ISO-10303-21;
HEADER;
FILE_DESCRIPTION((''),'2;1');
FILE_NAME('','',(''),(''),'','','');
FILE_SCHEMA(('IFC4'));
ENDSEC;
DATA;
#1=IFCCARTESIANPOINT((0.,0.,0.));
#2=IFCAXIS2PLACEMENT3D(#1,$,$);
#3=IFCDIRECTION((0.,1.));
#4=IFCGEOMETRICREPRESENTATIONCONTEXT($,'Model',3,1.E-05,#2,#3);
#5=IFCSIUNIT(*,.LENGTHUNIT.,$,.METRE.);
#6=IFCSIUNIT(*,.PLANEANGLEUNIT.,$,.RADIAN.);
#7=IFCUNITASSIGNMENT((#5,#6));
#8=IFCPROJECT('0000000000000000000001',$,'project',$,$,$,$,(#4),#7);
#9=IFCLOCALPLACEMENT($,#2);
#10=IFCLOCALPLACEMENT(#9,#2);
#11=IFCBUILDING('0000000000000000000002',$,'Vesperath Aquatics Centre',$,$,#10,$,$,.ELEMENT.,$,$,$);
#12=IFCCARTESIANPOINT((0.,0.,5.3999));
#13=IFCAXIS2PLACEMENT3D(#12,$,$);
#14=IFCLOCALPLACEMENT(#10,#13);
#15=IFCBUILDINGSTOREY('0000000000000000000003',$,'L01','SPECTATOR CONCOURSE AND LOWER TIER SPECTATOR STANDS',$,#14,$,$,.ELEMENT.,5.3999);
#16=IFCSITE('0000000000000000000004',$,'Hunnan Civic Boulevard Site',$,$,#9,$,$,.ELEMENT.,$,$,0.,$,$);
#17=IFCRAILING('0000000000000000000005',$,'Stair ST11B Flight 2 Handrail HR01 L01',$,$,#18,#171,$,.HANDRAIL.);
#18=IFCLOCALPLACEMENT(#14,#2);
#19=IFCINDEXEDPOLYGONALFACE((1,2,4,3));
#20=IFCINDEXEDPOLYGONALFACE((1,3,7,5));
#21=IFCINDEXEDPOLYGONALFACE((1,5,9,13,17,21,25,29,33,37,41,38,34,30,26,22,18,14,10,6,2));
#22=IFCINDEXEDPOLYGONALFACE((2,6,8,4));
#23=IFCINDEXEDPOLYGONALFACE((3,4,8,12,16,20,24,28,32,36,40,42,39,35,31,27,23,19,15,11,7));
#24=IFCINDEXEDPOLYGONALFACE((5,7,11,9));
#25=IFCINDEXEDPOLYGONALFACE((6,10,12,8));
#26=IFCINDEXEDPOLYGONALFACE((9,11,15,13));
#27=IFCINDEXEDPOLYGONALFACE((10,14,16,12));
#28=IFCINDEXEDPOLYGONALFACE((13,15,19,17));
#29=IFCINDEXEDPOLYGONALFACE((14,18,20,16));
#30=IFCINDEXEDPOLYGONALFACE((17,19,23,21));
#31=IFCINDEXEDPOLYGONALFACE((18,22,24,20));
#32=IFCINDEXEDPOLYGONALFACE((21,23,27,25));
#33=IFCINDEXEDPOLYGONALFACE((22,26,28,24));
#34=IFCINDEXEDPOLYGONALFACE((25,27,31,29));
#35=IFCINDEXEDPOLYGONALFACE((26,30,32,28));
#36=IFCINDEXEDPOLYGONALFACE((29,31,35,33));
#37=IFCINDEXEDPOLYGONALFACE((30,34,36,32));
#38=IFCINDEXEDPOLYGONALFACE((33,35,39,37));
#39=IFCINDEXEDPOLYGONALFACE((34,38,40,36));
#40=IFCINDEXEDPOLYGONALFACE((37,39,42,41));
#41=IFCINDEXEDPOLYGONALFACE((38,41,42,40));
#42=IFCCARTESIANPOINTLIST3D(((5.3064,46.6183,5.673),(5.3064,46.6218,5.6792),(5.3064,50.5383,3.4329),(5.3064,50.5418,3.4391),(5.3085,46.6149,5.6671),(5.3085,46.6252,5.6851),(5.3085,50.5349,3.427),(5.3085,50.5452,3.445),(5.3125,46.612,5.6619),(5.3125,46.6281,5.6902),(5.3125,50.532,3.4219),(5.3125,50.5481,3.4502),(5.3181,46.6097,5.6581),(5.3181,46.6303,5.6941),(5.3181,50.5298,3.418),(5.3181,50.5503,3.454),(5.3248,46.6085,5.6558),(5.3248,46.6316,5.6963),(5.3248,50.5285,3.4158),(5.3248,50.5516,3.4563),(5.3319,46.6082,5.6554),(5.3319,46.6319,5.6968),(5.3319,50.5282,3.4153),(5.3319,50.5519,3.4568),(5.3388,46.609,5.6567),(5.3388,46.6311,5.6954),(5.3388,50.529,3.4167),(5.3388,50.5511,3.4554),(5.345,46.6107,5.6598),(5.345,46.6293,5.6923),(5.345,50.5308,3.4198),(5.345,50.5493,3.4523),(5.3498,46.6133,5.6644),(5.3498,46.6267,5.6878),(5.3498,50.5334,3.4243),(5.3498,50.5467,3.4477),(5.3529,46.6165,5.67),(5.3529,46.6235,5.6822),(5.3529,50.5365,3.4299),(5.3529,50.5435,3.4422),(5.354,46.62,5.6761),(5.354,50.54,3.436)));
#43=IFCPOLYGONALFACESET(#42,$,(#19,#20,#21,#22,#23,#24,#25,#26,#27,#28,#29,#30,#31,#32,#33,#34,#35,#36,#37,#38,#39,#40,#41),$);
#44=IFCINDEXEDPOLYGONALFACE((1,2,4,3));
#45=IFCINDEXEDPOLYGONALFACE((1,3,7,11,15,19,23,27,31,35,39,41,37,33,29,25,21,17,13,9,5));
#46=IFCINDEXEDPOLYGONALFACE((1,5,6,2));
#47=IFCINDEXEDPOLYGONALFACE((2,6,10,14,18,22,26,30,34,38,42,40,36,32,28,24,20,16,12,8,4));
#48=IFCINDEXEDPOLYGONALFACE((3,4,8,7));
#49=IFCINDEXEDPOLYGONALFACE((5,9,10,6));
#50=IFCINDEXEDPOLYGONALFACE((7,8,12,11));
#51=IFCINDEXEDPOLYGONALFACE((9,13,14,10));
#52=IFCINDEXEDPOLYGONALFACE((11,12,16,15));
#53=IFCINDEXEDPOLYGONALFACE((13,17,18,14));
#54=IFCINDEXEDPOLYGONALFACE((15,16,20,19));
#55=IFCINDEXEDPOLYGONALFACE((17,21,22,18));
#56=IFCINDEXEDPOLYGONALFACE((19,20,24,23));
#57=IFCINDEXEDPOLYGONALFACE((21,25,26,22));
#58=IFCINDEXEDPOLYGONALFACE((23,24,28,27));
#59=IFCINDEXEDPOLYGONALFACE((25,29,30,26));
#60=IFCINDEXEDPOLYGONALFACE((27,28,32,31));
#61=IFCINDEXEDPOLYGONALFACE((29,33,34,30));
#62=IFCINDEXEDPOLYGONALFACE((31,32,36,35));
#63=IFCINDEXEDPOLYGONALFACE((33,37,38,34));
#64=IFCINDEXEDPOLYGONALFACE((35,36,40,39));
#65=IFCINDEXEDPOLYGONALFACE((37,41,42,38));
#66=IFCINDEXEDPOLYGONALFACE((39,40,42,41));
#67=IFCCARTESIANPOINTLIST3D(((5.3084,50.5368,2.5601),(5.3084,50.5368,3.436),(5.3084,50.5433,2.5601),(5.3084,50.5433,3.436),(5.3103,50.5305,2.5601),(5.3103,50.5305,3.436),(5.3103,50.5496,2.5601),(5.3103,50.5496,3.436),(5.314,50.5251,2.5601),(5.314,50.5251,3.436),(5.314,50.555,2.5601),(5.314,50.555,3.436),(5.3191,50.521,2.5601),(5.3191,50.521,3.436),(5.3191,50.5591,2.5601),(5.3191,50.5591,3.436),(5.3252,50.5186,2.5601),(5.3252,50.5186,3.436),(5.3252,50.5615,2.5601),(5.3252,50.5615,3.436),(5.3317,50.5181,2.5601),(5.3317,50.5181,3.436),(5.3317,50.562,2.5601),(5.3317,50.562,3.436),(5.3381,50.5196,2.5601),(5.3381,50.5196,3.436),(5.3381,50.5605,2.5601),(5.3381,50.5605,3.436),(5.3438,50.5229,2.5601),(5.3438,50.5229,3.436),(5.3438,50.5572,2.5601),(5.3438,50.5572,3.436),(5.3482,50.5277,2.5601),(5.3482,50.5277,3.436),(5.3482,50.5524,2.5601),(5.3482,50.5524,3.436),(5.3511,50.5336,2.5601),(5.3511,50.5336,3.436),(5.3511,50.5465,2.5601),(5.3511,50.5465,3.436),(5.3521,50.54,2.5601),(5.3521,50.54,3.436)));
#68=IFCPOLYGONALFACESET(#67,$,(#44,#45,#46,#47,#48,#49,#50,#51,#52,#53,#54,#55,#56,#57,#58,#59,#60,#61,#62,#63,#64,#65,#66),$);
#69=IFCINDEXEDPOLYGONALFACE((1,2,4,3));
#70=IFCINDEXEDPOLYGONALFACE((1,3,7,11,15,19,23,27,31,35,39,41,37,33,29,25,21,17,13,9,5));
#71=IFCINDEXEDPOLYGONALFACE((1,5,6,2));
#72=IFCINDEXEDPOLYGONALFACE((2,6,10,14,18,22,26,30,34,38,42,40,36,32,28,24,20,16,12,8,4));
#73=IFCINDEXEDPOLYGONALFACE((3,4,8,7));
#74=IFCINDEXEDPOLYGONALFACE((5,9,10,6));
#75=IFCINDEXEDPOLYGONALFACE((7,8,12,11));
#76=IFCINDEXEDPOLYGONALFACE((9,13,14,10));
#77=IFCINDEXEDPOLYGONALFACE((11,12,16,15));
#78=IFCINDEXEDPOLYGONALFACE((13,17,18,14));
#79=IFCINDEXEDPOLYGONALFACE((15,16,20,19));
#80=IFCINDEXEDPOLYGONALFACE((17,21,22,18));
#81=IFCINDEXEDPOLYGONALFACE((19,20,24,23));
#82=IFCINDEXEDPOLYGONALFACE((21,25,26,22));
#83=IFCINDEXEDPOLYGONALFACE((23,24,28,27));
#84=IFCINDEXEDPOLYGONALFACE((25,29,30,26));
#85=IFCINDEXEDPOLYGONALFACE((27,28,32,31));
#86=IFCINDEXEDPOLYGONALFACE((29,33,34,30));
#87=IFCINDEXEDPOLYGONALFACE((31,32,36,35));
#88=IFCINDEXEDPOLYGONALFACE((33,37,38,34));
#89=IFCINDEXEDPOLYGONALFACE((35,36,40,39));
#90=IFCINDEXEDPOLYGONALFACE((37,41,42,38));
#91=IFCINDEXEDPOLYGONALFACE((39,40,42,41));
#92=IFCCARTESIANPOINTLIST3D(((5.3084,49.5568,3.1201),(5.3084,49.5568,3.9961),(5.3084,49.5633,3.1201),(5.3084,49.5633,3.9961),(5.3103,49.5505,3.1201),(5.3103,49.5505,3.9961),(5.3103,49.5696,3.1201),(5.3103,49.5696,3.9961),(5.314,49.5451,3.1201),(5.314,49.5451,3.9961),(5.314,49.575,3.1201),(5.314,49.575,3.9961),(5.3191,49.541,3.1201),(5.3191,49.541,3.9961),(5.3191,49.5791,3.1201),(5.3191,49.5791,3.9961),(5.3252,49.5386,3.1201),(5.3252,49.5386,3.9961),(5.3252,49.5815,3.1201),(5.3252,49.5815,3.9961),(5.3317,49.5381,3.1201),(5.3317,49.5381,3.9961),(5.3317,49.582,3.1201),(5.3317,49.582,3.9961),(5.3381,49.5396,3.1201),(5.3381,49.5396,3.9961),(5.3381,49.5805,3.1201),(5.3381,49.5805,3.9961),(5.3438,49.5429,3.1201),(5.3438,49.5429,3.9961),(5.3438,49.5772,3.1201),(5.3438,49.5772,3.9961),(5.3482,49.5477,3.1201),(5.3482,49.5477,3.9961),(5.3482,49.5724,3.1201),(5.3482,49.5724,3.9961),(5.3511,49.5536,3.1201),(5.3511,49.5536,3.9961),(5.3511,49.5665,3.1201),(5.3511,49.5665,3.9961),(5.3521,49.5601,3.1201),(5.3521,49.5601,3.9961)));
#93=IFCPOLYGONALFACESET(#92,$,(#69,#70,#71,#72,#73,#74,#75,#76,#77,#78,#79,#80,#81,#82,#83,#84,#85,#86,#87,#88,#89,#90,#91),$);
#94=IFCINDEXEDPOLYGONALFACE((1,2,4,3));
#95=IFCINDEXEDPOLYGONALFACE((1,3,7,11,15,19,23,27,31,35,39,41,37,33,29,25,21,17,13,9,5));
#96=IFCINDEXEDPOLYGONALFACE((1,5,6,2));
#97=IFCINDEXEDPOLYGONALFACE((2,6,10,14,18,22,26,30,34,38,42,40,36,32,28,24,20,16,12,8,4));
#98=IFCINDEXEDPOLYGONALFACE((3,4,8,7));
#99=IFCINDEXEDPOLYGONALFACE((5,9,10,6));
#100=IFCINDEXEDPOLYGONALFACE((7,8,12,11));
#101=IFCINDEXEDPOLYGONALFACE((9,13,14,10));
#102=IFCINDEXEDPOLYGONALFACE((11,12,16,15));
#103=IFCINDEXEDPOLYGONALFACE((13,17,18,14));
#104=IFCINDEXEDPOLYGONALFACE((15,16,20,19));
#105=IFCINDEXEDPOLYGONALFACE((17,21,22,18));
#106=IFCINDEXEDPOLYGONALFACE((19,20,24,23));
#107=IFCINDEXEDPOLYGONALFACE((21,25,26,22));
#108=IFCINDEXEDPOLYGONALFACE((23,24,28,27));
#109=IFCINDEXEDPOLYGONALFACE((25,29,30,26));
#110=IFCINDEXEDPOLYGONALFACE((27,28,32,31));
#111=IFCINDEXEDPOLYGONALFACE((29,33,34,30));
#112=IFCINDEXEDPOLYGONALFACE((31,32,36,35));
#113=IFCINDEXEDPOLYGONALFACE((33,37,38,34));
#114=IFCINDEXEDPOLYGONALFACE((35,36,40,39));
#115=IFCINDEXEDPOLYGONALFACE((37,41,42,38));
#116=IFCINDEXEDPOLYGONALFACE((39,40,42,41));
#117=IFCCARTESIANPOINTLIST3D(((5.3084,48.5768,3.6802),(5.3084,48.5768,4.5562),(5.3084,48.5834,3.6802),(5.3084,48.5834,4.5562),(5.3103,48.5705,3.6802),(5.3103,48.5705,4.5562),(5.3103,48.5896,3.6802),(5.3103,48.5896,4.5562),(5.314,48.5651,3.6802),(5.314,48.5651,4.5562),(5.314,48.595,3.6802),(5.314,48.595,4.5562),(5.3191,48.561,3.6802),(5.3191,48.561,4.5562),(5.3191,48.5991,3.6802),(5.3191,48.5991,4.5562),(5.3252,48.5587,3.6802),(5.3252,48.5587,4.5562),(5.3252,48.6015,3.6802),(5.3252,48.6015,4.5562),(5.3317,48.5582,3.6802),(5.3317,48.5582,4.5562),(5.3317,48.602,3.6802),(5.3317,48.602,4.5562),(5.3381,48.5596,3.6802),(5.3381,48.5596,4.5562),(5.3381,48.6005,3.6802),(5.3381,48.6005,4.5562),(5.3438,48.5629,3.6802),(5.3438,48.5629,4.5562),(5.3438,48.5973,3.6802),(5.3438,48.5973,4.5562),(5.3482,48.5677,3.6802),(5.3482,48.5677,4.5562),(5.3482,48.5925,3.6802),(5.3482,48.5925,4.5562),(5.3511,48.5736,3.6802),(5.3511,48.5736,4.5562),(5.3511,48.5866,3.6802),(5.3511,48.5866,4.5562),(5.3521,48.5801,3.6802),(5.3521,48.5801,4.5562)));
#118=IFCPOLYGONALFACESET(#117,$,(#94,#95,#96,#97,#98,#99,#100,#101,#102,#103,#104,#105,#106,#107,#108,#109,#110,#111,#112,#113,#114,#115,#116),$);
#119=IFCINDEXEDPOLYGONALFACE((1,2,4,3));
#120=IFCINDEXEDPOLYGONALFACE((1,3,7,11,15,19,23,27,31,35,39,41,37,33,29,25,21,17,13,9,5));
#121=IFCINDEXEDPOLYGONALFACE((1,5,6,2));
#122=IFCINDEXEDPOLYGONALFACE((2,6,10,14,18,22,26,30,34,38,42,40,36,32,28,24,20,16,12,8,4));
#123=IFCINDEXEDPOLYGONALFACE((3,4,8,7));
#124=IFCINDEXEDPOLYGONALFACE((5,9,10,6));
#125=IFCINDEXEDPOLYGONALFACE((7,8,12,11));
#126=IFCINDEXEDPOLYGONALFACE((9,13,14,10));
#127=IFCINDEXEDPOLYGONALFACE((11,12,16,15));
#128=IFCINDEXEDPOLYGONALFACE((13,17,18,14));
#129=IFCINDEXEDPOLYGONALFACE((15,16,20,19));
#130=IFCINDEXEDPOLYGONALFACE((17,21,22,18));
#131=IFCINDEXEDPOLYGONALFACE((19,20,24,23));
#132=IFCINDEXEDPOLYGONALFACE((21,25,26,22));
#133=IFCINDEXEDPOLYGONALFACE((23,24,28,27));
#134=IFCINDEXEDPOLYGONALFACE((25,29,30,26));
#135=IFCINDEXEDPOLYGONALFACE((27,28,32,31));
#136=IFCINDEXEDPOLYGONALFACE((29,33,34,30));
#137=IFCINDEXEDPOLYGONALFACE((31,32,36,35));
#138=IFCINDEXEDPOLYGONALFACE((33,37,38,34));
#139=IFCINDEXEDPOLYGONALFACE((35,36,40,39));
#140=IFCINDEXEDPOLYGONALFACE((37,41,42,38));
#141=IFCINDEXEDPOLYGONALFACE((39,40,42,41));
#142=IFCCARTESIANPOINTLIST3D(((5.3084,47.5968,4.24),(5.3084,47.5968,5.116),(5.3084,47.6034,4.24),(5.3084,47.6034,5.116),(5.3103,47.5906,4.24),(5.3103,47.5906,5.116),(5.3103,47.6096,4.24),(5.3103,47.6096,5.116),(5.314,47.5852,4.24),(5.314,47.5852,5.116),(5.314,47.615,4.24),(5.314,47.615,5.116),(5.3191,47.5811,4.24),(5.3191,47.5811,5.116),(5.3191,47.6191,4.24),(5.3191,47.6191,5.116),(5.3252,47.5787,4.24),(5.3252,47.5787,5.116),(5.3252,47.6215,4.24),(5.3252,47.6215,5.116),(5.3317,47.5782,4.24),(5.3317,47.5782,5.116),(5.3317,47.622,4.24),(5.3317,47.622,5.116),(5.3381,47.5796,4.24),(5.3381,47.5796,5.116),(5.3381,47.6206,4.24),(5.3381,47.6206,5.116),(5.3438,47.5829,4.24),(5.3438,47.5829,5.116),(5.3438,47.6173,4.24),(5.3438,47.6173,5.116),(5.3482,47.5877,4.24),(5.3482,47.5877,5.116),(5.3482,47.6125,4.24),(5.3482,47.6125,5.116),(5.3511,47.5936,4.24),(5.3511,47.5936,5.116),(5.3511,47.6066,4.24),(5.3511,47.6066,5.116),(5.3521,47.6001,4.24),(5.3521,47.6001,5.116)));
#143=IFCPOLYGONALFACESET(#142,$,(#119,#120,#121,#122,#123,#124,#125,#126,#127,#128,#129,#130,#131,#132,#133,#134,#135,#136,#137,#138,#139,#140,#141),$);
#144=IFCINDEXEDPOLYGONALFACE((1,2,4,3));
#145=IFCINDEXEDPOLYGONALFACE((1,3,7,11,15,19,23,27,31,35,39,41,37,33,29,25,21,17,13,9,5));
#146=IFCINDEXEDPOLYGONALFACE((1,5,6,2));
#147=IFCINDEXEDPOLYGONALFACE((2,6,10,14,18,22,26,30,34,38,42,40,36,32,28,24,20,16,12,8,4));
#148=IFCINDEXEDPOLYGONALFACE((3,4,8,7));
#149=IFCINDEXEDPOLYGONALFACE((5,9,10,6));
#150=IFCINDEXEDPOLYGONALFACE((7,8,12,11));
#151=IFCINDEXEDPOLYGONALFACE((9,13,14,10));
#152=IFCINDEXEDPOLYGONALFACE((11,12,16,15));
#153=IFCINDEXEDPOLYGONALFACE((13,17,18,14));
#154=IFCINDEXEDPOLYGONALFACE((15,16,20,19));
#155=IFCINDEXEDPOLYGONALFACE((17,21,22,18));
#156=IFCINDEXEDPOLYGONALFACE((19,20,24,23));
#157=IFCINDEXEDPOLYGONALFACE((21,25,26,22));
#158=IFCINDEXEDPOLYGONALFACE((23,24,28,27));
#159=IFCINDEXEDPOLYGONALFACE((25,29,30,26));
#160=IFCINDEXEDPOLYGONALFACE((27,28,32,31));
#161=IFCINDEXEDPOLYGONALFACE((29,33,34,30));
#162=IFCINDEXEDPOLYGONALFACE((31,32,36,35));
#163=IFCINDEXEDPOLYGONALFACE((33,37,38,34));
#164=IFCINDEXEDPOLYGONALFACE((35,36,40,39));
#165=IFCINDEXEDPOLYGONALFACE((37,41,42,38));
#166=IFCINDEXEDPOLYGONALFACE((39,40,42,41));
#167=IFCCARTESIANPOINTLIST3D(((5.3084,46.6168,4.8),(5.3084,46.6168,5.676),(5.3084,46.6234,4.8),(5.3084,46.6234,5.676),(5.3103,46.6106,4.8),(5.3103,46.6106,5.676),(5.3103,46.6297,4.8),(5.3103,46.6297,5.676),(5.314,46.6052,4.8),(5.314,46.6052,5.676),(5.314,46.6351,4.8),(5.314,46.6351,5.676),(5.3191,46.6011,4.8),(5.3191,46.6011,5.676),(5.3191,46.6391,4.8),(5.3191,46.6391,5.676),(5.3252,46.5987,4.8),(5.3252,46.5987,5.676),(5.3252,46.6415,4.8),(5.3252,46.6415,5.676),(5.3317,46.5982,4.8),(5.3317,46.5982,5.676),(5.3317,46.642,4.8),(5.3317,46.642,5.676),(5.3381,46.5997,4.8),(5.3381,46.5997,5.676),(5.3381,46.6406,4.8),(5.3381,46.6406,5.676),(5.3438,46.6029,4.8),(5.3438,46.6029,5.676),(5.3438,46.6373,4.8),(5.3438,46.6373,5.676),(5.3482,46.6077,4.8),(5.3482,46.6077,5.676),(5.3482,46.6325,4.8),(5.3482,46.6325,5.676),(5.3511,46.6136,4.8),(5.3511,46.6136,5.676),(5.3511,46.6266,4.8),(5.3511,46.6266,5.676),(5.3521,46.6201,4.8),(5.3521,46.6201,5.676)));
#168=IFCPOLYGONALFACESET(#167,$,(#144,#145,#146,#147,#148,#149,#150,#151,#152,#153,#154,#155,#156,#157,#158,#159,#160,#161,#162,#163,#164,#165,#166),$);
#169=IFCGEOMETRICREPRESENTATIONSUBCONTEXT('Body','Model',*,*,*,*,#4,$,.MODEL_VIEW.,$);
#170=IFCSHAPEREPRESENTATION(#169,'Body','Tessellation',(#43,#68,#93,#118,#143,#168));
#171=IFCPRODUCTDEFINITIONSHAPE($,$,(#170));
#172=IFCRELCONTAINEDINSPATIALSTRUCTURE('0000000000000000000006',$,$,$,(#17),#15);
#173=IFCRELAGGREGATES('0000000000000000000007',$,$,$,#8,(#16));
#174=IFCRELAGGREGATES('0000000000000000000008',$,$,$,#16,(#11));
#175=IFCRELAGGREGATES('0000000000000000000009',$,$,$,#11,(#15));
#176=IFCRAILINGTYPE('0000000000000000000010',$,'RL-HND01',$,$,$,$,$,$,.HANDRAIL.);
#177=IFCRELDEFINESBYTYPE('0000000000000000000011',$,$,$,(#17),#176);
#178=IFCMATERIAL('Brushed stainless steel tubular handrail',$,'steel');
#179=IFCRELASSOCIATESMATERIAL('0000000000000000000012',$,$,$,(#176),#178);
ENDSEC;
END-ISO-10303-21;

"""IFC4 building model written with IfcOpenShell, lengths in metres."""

from ifc_helpers import new_model, si_unit, direction, frame, origin, origin_2d, place, context, subcontext, project, spatial, circle, extrude, material, type_object, element, save


model = new_model("IFC4")

# Units and contexts
model_context = context("Model", 3, precision=1e-05, world=origin(), true_north=direction((0.0, 1.0)))
body_context = subcontext(model_context, "Body", "Model", "MODEL_VIEW")
ifc_project = project(units=[si_unit("LENGTHUNIT", "METRE"), si_unit("PLANEANGLEUNIT", "RADIAN")], contexts=[model_context])

# Site, building, storey
site_placement = place(None, origin())
site = spatial("IfcSite", under=ifc_project, at=site_placement, Name="Hunnan Civic Boulevard Site", CompositionType="ELEMENT", RefElevation=0.0)
building_placement = place(site_placement, origin())
building = spatial("IfcBuilding", under=site, at=building_placement, Name="Vesperath Aquatics Centre", CompositionType="ELEMENT")
storey_placement = place(building_placement, frame((0.0, 0.0, 5.3999)))
storey = spatial("IfcBuildingStorey", under=building, at=storey_placement, Name="L01", Description="SPECTATOR CONCOURSE AND LOWER TIER SPECTATOR STANDS", CompositionType="ELEMENT", Elevation=5.3999)

# Railing
ifc_material_1 = material(Name="Brushed stainless steel tubular handrail", Category="steel")
railing_type_1 = type_object("IfcRailingType", Name="RL-HND01", PredefinedType="HANDRAIL", material=ifc_material_1)
railing_1_placement = place(storey_placement, frame((5.3301, 50.54, 2.5601)))
element("IfcRailing", 1, at=railing_1_placement, inside=storey, type_object=railing_type_1, Name="Stair ST11B Flight 2 Handrail HR01 L01", PredefinedType="HANDRAIL", context=body_context, shape_type="SweptSolid", body=[
    extrude(circle(Radius=0.0239, at=origin_2d()), frame((0.0, 0.0, 0.876), z_axis=(0.0, -0.86824, 0.496145), x_axis=(1.0, 0.0, 0.0)), (0.0, 0.0, 1.0), 4.5149),
    extrude(circle(Radius=0.022, at=origin_2d()), origin(), (0.0, 0.0, 1.0), 0.876),
    extrude(circle(Radius=0.022, at=origin_2d()), frame((0.0, -0.98, 0.5601)), (0.0, 0.0, 1.0), 0.876),
    extrude(circle(Radius=0.022, at=origin_2d()), frame((0.0, -1.96, 1.1201)), (0.0, 0.0, 1.0), 0.876),
    extrude(circle(Radius=0.022, at=origin_2d()), frame((0.0, -2.9399, 1.6799)), (0.0, 0.0, 1.0), 0.876),
    extrude(circle(Radius=0.022, at=origin_2d()), frame((0.0, -3.9199, 2.24)), (0.0, 0.0, 1.0), 0.876),
])

save(model, "model.ifc")
